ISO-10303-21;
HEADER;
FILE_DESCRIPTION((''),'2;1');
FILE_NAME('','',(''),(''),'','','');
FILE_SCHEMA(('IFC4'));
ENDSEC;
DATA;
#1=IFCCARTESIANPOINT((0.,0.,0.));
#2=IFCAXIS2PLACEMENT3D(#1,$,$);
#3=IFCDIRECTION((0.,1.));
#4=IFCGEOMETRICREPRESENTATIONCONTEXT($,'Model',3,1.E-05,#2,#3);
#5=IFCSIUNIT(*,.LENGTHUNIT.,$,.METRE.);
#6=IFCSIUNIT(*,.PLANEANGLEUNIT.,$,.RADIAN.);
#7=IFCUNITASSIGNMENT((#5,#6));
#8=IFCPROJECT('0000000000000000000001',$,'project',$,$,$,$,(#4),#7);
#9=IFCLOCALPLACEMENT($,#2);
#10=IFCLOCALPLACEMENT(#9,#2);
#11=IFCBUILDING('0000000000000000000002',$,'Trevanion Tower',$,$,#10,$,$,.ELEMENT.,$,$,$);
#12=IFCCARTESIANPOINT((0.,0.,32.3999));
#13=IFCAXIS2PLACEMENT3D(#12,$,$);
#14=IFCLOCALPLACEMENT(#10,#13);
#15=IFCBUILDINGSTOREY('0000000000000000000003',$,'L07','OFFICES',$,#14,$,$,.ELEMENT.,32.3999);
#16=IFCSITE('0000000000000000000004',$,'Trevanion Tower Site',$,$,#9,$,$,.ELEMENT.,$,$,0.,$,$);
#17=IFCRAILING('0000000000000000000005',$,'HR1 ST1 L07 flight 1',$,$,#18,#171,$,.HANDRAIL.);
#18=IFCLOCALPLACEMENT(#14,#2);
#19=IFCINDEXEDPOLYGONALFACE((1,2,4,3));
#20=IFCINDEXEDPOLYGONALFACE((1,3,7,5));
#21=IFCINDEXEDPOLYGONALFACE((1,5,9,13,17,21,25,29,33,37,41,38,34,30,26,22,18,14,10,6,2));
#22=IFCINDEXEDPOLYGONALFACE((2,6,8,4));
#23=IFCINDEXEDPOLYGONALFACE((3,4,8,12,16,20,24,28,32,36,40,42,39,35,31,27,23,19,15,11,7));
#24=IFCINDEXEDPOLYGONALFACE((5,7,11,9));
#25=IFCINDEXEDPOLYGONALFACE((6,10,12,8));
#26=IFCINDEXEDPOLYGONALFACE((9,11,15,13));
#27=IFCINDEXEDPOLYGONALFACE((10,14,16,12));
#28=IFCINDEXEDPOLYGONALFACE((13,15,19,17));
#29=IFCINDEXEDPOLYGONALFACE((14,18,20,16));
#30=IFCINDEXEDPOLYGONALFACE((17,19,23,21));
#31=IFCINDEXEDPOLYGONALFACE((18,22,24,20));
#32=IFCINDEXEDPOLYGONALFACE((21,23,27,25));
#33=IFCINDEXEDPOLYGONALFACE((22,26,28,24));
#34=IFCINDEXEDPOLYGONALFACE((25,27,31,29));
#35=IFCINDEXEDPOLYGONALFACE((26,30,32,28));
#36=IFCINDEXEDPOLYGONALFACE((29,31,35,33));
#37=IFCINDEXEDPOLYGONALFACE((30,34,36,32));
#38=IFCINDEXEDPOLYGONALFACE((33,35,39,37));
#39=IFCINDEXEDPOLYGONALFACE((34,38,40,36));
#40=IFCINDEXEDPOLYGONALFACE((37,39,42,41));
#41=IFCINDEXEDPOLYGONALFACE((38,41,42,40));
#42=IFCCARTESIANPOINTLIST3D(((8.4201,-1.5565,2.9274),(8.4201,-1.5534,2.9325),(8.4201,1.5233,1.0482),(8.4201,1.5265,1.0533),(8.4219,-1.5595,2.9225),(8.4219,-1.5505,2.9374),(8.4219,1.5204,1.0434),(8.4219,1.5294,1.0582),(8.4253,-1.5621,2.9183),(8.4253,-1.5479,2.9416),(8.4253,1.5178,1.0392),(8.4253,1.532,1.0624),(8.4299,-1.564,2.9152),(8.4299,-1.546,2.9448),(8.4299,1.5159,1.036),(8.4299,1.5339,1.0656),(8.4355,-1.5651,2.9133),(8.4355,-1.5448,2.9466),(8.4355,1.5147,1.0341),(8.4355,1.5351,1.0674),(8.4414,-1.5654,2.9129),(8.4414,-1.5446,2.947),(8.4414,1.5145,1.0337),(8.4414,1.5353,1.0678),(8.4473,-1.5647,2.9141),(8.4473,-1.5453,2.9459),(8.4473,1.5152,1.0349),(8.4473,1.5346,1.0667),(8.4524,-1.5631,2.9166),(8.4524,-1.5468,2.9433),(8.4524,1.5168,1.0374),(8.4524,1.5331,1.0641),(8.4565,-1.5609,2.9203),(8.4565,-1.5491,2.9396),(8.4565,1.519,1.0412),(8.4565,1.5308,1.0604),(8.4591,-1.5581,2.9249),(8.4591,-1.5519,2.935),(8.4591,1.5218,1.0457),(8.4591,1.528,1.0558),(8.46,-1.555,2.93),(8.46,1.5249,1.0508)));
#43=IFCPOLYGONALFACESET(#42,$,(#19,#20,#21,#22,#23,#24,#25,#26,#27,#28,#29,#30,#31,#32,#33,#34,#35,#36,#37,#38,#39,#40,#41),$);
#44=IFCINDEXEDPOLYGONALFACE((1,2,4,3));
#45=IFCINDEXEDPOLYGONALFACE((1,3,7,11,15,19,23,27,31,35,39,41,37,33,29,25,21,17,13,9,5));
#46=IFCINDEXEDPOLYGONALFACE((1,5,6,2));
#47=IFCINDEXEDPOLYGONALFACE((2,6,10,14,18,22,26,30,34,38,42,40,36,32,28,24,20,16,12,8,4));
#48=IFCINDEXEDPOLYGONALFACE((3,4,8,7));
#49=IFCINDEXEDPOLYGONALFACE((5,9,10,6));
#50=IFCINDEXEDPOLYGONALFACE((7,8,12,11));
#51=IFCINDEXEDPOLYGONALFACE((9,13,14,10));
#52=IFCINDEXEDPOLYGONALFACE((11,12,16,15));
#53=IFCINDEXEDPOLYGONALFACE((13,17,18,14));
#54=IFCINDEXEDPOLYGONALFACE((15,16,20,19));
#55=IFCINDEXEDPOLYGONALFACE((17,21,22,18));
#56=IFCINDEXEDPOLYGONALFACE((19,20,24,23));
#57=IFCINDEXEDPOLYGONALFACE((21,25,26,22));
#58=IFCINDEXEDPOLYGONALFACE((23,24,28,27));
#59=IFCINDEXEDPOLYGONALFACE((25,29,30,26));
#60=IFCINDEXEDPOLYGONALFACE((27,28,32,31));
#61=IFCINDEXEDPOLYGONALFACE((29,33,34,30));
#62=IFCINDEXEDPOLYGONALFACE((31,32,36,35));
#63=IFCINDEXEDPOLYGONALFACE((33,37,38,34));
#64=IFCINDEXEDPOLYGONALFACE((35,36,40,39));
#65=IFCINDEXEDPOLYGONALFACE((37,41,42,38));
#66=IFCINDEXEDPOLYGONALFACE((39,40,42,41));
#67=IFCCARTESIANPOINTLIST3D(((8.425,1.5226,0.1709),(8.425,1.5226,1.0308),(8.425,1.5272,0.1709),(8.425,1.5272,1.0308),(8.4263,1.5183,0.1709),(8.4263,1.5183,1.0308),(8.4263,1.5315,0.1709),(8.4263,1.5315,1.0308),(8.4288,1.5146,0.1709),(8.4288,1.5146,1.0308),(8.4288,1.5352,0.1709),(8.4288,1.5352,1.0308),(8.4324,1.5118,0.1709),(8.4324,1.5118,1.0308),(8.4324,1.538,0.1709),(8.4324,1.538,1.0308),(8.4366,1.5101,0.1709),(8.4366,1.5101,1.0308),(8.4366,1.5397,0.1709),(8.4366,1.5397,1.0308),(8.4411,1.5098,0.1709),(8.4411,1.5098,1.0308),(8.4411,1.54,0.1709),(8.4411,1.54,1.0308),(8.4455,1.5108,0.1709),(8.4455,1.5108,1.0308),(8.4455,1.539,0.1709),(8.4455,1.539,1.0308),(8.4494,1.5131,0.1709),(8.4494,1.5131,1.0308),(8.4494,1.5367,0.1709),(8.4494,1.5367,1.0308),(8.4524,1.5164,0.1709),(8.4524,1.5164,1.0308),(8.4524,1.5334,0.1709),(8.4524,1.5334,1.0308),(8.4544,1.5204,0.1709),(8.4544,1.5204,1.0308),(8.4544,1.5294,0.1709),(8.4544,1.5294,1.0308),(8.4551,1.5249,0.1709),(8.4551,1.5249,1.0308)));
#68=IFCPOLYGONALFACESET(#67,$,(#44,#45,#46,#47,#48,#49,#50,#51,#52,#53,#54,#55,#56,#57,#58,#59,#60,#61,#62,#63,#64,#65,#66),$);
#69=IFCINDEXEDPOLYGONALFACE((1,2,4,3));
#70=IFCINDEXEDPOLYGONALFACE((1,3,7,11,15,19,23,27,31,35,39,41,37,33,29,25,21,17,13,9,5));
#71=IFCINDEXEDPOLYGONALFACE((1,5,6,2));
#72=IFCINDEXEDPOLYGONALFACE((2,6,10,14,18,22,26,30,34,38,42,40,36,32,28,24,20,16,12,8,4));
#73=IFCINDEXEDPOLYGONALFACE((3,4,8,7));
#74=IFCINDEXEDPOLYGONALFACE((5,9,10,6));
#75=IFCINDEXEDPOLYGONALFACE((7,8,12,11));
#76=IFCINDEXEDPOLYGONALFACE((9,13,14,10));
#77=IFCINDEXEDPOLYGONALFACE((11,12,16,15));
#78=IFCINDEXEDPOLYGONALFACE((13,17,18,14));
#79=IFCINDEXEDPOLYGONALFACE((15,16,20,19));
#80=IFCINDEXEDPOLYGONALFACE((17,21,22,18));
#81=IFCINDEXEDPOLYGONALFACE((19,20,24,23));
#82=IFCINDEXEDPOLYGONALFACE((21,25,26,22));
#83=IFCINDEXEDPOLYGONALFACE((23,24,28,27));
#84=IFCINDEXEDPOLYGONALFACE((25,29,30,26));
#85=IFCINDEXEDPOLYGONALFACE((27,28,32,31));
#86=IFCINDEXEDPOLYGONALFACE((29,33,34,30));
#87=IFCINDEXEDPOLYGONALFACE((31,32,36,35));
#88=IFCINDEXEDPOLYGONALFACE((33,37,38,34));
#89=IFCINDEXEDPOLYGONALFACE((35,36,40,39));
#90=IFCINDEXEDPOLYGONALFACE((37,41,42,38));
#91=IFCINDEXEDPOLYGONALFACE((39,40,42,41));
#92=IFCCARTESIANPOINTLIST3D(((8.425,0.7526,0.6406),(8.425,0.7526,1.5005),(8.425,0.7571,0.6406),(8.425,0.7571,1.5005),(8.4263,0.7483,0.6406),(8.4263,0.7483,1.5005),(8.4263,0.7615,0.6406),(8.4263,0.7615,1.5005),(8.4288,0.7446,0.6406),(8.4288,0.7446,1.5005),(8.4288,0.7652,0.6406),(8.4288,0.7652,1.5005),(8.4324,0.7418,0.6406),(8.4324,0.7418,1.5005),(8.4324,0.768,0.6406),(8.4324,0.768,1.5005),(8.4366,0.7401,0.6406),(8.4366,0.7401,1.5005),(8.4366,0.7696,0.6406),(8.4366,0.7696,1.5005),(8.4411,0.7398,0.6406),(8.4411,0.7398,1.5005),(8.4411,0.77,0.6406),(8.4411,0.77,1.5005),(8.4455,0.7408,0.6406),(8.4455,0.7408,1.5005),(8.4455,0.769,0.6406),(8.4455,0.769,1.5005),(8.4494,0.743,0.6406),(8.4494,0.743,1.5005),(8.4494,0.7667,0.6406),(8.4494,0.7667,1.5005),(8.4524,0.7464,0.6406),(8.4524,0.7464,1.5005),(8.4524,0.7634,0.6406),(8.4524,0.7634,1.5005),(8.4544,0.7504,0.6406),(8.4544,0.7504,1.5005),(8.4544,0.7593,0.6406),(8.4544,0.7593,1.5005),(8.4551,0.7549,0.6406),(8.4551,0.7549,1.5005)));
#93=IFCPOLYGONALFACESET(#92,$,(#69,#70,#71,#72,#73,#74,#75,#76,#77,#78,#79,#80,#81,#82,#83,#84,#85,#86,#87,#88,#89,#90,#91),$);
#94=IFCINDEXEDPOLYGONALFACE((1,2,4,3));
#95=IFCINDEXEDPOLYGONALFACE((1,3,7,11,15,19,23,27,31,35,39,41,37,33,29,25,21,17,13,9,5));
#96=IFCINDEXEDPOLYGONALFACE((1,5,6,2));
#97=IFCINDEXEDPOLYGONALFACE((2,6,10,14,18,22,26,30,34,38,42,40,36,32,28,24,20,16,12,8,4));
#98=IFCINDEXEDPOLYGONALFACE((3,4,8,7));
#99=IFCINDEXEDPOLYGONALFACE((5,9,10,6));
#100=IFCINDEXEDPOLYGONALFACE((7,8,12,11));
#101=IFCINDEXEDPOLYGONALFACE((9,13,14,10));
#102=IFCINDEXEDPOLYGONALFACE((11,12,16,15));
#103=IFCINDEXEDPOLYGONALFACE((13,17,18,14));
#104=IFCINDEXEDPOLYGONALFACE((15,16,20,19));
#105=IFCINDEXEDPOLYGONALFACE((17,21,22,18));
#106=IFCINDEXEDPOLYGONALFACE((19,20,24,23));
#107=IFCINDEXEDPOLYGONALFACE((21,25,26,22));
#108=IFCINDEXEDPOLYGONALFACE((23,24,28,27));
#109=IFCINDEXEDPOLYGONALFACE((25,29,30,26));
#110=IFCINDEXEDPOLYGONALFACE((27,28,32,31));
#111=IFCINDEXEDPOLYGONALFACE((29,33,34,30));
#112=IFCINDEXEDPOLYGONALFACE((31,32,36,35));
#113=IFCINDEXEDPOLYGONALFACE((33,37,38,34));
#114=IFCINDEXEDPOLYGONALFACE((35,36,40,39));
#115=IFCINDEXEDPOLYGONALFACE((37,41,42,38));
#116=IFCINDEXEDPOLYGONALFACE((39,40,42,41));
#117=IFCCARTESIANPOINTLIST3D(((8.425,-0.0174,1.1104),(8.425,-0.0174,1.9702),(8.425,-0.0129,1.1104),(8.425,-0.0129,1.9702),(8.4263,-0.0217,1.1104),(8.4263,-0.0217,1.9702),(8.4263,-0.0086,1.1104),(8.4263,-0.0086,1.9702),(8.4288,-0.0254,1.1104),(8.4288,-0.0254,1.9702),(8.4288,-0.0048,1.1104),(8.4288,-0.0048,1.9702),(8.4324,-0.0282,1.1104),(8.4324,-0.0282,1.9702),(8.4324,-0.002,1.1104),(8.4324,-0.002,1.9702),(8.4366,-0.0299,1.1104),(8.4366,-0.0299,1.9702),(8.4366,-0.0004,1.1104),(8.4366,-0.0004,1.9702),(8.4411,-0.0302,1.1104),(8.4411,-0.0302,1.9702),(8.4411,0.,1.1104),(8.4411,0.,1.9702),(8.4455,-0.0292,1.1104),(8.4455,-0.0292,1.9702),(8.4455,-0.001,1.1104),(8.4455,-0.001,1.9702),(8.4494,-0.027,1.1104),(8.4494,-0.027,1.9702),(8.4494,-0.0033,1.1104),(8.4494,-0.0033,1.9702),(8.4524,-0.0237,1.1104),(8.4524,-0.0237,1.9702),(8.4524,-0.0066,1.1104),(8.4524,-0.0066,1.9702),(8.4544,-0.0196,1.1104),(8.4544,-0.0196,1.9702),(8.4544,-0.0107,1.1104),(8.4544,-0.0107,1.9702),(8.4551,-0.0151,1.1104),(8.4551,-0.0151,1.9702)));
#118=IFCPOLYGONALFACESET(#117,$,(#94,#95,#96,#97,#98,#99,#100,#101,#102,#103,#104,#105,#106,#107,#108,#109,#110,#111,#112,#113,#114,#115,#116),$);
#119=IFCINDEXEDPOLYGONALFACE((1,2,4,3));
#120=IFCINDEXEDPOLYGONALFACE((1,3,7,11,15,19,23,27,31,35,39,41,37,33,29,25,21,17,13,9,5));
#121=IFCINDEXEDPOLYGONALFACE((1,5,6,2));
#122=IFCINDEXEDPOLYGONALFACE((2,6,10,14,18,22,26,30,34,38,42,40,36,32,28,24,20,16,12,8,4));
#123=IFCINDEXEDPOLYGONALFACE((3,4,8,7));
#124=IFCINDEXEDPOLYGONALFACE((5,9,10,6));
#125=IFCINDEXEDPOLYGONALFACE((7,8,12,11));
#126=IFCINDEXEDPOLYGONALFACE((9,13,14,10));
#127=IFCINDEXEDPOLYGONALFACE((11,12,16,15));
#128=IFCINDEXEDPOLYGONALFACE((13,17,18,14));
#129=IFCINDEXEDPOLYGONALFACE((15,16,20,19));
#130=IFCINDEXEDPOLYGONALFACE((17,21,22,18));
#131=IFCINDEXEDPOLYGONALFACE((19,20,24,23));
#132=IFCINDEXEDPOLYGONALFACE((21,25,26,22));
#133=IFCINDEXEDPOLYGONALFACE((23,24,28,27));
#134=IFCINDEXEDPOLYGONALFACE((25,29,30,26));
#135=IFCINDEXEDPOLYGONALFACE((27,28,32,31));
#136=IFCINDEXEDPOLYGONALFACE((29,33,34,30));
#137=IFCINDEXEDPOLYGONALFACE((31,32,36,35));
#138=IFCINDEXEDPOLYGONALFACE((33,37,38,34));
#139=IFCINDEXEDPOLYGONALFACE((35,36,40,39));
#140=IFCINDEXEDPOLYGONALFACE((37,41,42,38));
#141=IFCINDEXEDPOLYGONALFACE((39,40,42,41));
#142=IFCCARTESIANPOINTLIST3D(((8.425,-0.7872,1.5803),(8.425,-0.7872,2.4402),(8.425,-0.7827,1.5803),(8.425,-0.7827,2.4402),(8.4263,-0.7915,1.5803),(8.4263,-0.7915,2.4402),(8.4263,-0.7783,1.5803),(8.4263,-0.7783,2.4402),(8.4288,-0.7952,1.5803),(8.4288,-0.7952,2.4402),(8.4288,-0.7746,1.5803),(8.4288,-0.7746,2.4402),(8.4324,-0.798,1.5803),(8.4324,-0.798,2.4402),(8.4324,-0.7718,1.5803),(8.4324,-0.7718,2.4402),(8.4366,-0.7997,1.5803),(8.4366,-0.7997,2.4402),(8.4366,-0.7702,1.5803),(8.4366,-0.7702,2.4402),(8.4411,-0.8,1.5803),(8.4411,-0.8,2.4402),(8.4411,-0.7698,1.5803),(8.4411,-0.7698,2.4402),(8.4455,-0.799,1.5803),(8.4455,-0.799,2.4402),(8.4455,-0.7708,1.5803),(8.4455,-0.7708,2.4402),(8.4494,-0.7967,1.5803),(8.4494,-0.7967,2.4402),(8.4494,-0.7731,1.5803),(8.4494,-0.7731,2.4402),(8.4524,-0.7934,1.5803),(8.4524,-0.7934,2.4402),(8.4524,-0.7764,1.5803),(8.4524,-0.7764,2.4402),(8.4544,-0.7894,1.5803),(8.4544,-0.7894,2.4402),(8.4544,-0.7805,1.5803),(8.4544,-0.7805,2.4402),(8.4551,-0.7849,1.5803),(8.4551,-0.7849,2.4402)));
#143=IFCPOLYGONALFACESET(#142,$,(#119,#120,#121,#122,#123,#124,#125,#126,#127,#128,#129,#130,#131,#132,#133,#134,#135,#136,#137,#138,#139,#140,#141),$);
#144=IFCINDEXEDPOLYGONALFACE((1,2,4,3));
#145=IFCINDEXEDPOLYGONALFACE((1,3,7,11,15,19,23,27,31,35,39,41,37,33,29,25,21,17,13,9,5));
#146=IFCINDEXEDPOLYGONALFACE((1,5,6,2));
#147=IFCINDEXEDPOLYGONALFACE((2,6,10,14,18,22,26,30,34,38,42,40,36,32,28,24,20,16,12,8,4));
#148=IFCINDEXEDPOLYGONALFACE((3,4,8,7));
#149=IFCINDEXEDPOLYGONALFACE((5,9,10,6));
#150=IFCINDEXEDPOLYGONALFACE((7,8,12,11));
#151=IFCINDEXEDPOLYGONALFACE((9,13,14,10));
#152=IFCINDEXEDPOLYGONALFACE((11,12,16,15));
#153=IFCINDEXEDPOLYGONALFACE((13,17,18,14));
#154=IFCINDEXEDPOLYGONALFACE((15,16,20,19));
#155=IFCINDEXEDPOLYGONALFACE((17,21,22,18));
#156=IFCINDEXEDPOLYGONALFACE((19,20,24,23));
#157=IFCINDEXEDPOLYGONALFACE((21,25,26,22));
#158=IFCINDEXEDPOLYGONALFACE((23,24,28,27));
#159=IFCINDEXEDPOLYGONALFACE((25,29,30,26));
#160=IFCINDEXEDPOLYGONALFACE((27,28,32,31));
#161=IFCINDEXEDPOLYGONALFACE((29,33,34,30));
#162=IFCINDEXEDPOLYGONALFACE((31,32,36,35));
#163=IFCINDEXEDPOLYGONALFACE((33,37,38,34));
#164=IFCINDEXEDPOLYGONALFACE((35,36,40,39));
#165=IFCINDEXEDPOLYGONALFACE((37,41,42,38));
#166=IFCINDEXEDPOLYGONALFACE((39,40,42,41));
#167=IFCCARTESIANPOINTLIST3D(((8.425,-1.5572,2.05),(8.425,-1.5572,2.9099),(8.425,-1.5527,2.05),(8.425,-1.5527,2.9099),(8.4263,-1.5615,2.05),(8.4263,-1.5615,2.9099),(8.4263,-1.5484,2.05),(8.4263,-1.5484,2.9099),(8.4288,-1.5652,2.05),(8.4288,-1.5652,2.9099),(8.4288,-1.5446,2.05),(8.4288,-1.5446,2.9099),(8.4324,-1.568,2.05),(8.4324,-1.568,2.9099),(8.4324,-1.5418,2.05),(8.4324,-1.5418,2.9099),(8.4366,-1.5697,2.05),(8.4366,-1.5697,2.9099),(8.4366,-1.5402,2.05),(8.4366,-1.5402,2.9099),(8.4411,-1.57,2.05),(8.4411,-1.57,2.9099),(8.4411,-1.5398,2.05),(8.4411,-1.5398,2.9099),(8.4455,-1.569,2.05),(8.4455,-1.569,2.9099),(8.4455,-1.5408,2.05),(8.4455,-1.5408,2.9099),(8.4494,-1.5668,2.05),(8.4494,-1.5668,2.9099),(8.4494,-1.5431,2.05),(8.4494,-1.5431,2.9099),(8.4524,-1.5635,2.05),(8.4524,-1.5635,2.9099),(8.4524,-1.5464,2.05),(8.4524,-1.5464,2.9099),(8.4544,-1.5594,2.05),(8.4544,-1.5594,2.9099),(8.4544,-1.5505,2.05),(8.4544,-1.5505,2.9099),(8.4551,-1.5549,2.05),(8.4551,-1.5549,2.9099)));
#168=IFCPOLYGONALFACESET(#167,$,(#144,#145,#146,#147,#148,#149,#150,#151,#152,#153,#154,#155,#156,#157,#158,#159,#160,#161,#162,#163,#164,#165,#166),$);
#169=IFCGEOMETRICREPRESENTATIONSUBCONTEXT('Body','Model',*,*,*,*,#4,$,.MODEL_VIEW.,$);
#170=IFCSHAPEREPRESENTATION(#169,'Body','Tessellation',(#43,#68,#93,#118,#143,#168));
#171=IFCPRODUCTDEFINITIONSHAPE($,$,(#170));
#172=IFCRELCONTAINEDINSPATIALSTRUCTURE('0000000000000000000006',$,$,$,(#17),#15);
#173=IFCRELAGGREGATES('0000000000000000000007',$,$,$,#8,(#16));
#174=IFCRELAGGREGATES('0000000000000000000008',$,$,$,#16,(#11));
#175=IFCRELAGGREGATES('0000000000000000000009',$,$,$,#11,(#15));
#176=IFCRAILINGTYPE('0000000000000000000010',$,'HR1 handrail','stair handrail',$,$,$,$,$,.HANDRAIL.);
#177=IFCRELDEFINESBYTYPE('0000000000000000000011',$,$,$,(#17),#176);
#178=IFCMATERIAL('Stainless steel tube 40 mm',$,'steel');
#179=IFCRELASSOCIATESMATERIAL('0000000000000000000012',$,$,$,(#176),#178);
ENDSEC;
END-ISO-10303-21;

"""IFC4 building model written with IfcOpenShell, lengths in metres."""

from ifc_helpers import new_model, si_unit, direction, frame, origin, origin_2d, place, context, subcontext, project, spatial, circle, extrude, material, type_object, element, save


model = new_model("IFC4")

# Units and contexts
model_context = context("Model", 3, precision=1e-05, world=origin(), true_north=direction((0.0, 1.0)))
body_context = subcontext(model_context, "Body", "Model", "MODEL_VIEW")
ifc_project = project(units=[si_unit("LENGTHUNIT", "METRE"), si_unit("PLANEANGLEUNIT", "RADIAN")], contexts=[model_context])

# Site, building, storey
site_placement = place(None, origin())
site = spatial("IfcSite", under=ifc_project, at=site_placement, Name="Trevanion Tower Site", CompositionType="ELEMENT", RefElevation=0.0)
building_placement = place(site_placement, origin())
building = spatial("IfcBuilding", under=site, at=building_placement, Name="Trevanion Tower", CompositionType="ELEMENT")
storey_placement = place(building_placement, frame((0.0, 0.0, 32.3999)))
storey = spatial("IfcBuildingStorey", under=building, at=storey_placement, Name="L07", Description="OFFICES", CompositionType="ELEMENT", Elevation=32.3999)

# Railing
ifc_material_1 = material(Name="Stainless steel tube 40 mm", Category="steel")
railing_type = type_object("IfcRailingType", Name="HR1 handrail", Description="stair handrail", PredefinedType="HANDRAIL", material=ifc_material_1)
for number, where, name in (
    (1, (8.4399, 1.5249, 0.1709), "HR1 ST1 L07 flight 1"),
):
    element("IfcRailing", number, at=place(storey_placement, frame(where)), inside=storey, type_object=railing_type, Name=name, PredefinedType="HANDRAIL", context=body_context, shape_type="SweptSolid", body=[
        extrude(circle(Radius=0.02, at=origin_2d()), frame((0.0, 0.0, 0.8799), z_axis=(0.0, -0.853648, 0.52085), x_axis=(1.0, 0.0, 0.0)), (0.0, 0.0, 1.0), 3.6079),
        extrude(circle(Radius=0.0151, at=origin_2d()), origin(), (0.0, 0.0, 1.0), 0.8599),
        extrude(circle(Radius=0.0151, at=origin_2d()), frame((0.0, -0.77, 0.4697)), (0.0, 0.0, 1.0), 0.8599),
        extrude(circle(Radius=0.0151, at=origin_2d()), frame((0.0, -1.54, 0.9395)), (0.0, 0.0, 1.0), 0.8599),
        extrude(circle(Radius=0.0151, at=origin_2d()), frame((0.0, -2.3098, 1.4094)), (0.0, 0.0, 1.0), 0.8599),
        extrude(circle(Radius=0.0151, at=origin_2d()), frame((0.0, -3.0798, 1.8792)), (0.0, 0.0, 1.0), 0.8599),
    ])

save(model, "model.ifc")
